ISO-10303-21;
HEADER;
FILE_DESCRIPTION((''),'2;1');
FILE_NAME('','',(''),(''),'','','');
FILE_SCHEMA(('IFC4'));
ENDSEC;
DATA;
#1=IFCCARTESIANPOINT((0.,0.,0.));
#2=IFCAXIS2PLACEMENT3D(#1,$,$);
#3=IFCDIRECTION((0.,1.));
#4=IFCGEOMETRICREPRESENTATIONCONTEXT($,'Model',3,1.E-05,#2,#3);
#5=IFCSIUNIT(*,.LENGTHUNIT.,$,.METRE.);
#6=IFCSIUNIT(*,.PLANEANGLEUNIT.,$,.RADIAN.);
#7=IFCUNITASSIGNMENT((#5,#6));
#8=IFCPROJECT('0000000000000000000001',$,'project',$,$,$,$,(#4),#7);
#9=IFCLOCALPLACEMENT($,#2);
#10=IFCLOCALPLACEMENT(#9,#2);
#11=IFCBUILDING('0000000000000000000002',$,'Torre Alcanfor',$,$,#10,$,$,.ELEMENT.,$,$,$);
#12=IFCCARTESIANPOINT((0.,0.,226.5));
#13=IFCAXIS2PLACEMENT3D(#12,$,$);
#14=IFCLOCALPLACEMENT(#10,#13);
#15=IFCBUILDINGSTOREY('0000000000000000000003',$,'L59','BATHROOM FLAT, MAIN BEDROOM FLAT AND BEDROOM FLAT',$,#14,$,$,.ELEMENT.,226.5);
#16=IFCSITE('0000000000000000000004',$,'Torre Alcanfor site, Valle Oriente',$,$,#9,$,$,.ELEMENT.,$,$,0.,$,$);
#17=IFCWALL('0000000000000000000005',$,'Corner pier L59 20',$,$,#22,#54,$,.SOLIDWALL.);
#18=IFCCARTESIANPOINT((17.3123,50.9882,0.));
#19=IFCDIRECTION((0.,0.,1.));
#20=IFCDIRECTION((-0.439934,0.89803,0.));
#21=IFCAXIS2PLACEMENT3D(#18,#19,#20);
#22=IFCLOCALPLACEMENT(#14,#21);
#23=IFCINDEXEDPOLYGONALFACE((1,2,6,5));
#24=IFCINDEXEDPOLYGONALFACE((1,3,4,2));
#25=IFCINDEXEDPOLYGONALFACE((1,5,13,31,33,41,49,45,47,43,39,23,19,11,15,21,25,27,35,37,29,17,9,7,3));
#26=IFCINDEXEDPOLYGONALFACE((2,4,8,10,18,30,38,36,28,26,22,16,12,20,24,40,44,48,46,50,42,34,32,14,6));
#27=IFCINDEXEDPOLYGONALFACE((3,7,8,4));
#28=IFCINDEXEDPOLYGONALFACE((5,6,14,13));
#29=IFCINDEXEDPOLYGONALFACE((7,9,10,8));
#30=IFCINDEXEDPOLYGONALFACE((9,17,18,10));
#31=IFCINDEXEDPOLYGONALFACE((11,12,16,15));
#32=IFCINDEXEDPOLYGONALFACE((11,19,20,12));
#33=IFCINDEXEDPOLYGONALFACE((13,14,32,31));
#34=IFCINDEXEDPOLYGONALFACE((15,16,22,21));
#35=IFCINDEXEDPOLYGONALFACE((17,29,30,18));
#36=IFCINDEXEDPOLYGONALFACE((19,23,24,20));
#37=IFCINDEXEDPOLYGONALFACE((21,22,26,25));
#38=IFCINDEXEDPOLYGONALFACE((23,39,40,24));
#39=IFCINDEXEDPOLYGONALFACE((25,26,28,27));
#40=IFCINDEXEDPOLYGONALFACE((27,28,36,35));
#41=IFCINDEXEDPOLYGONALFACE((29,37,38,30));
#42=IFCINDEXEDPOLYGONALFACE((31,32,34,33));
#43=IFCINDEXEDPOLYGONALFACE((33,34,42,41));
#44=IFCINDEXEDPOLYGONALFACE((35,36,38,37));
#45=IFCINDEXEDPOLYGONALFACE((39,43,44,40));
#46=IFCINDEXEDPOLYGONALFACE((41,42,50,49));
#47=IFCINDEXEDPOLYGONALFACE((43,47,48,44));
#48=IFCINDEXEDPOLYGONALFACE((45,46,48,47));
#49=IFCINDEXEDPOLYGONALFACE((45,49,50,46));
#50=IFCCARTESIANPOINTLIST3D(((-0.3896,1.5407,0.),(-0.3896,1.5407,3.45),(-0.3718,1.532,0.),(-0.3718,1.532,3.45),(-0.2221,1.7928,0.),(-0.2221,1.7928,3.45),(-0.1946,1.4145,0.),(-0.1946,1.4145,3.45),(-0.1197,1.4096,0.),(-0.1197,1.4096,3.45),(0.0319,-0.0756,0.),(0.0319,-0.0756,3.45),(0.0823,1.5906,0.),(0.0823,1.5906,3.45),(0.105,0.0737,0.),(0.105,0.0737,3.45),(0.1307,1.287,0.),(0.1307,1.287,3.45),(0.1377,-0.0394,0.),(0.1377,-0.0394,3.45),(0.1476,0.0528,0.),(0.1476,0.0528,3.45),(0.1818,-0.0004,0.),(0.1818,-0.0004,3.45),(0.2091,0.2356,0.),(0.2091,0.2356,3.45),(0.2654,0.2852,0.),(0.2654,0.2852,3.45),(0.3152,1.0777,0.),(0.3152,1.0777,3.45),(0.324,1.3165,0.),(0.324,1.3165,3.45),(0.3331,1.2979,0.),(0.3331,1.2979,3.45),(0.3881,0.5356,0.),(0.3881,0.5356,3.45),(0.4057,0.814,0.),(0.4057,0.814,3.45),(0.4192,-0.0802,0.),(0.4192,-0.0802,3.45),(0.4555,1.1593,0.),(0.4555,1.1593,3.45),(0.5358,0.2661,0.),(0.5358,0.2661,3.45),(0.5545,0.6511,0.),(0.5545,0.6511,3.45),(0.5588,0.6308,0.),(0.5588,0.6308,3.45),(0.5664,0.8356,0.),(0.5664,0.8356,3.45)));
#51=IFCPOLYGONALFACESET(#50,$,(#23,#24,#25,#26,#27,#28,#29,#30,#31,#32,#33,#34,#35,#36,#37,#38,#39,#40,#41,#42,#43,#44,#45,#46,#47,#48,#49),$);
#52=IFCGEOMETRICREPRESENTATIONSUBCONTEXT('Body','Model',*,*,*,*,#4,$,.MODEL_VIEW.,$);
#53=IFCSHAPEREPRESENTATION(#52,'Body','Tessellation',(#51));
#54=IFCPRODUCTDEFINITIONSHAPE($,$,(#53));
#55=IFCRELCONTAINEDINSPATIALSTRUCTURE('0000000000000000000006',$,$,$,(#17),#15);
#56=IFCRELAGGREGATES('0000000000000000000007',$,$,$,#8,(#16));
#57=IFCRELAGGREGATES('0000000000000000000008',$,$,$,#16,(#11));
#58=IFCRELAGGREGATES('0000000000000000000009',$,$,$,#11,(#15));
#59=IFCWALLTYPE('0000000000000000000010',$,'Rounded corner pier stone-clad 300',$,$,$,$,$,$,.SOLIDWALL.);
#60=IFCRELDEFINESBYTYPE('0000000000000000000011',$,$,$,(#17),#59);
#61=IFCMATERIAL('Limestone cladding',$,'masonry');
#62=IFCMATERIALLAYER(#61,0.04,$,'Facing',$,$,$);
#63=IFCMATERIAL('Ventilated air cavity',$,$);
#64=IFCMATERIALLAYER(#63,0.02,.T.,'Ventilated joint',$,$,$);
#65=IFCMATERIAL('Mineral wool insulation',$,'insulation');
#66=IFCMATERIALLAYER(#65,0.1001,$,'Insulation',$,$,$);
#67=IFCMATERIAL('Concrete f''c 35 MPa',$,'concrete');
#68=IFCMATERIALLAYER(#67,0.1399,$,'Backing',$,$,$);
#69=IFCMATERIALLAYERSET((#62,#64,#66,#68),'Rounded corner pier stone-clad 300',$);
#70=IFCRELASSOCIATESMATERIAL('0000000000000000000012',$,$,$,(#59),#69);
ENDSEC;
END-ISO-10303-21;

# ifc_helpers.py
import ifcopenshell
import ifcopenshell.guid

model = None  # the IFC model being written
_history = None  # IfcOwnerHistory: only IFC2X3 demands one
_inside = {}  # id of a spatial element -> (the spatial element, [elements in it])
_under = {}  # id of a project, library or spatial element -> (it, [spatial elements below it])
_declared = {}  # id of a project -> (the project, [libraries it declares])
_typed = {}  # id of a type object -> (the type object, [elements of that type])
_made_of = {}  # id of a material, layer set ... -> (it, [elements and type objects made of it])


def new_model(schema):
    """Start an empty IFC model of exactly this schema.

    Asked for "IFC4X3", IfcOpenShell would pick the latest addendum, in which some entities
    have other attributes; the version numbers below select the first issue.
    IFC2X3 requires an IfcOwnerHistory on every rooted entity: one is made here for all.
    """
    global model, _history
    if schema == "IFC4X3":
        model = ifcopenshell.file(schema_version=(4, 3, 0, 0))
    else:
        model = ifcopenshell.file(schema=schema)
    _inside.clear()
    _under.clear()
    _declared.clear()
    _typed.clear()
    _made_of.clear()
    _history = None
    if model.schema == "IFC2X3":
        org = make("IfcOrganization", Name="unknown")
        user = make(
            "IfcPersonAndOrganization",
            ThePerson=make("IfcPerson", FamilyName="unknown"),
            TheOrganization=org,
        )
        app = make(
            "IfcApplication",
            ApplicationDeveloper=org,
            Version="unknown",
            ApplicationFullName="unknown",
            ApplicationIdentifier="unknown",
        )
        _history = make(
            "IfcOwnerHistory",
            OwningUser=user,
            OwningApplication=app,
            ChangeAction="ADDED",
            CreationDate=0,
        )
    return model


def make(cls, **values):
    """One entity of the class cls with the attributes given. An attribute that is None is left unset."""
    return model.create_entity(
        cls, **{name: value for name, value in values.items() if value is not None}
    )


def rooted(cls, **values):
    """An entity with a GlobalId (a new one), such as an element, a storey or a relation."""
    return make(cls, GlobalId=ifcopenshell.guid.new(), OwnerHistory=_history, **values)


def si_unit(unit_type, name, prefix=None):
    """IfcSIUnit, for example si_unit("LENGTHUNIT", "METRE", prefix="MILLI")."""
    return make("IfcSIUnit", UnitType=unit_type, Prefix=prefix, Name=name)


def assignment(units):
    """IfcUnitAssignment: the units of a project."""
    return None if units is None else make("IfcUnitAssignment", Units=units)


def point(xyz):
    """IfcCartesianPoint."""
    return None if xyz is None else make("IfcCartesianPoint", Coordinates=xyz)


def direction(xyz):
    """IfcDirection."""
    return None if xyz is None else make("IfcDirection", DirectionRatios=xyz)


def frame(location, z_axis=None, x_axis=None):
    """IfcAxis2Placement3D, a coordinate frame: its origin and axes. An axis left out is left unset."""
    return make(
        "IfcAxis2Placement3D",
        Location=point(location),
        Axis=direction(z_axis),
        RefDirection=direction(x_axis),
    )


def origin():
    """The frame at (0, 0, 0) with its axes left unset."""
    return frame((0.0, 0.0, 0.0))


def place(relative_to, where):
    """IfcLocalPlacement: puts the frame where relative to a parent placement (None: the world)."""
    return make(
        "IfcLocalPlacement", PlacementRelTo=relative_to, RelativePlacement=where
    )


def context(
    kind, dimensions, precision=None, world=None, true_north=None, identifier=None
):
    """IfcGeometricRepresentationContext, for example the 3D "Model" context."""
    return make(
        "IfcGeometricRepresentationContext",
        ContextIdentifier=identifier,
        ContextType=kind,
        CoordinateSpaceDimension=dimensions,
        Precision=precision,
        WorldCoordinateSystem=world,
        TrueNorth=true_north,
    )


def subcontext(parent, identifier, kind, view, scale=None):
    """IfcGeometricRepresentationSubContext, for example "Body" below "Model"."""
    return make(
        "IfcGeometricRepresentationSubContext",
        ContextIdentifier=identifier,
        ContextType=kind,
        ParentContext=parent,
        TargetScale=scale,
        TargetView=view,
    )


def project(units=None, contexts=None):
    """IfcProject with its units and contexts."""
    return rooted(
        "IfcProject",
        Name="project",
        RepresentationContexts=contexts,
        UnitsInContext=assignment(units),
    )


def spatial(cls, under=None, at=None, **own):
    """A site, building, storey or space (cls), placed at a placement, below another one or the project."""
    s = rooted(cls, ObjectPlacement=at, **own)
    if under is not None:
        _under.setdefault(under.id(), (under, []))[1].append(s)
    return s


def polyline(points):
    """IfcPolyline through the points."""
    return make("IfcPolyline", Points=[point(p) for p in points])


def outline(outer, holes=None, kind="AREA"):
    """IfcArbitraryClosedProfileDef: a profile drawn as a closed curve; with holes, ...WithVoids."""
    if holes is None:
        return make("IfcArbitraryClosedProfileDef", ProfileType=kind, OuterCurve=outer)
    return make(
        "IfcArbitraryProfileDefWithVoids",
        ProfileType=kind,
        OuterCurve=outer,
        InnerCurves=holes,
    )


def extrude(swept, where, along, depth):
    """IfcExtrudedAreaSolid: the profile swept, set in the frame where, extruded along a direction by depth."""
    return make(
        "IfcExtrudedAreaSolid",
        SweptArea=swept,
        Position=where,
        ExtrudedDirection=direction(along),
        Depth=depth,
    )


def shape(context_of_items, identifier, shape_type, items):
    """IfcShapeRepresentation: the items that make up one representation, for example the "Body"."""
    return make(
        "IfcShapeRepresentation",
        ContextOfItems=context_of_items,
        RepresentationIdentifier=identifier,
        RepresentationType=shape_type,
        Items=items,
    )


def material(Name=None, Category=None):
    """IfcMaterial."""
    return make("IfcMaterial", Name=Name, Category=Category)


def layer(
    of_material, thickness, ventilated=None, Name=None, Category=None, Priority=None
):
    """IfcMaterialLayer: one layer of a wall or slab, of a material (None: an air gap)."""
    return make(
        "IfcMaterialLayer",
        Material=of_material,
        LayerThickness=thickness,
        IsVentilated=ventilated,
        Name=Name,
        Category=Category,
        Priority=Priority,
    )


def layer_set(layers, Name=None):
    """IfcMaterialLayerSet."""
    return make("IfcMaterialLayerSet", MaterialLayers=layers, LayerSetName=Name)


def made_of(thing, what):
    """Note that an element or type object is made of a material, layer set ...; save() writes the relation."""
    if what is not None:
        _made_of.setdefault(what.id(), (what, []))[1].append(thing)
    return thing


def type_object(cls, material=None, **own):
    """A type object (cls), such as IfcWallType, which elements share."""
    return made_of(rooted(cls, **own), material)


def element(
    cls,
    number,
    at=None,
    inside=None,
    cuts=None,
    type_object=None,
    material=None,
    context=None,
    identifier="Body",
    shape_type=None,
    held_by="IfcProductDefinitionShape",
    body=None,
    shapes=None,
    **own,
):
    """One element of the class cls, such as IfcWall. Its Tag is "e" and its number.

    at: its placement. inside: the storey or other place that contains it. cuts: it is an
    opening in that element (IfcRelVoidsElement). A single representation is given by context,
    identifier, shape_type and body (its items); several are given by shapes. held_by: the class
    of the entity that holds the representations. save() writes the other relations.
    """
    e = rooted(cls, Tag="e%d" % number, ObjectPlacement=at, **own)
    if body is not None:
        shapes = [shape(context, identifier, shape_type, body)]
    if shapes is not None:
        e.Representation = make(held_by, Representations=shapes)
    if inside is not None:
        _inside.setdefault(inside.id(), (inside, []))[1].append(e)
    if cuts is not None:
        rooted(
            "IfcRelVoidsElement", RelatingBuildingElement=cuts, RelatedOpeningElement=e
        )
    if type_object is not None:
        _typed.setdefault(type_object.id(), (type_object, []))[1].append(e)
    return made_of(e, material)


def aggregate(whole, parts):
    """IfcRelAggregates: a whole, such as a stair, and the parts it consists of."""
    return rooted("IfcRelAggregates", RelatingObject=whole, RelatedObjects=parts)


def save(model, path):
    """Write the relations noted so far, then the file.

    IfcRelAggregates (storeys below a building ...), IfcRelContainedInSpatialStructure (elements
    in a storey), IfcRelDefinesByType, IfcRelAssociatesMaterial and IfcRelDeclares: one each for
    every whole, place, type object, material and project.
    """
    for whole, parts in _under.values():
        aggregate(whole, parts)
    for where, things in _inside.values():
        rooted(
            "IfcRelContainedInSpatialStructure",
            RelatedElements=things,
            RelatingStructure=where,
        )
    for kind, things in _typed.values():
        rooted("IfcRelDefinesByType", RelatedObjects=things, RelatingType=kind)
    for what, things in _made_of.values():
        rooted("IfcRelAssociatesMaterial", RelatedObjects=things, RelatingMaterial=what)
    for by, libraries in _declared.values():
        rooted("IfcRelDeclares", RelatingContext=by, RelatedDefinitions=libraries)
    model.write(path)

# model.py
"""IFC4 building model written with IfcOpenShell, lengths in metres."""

from ifc_helpers import new_model, si_unit, direction, frame, origin, place, context, subcontext, project, spatial, polyline, outline, extrude, material, layer, layer_set, type_object, element, save


model = new_model("IFC4")

# Units and contexts
model_context = context("Model", 3, precision=1e-05, world=origin(), true_north=direction((0.0, 1.0)))
body_context = subcontext(model_context, "Body", "Model", "MODEL_VIEW")
ifc_project = project(units=[si_unit("LENGTHUNIT", "METRE"), si_unit("PLANEANGLEUNIT", "RADIAN")], contexts=[model_context])

# Site, building, storey
site_placement = place(None, origin())
site = spatial("IfcSite", under=ifc_project, at=site_placement, Name="Torre Alcanfor site, Valle Oriente", CompositionType="ELEMENT", RefElevation=0.0)
building_placement = place(site_placement, origin())
building = spatial("IfcBuilding", under=site, at=building_placement, Name="Torre Alcanfor", CompositionType="ELEMENT")
storey_placement = place(building_placement, frame((0.0, 0.0, 226.5)))
storey = spatial("IfcBuildingStorey", under=building, at=storey_placement, Name="L59", Description="BATHROOM FLAT, MAIN BEDROOM FLAT AND BEDROOM FLAT", CompositionType="ELEMENT", Elevation=226.5)

# Shared definitions
ifc_material_1 = material(Name="Limestone cladding", Category="masonry")
ifc_material_2 = material(Name="Ventilated air cavity")
ifc_material_3 = material(Name="Mineral wool insulation", Category="insulation")
ifc_material_4 = material(Name="Concrete f'c 35 MPa", Category="concrete")

# Wall
ifc_layer_1 = layer(ifc_material_1, 0.04, Name="Facing")
ifc_layer_2 = layer(ifc_material_2, 0.02, ventilated=True, Name="Ventilated joint")
ifc_layer_3 = layer(ifc_material_3, 0.1001, Name="Insulation")
ifc_layer_4 = layer(ifc_material_4, 0.1399, Name="Backing")
ifc_layer_set_1 = layer_set([ifc_layer_1, ifc_layer_2, ifc_layer_3, ifc_layer_4], Name="Rounded corner pier stone-clad 300")
wall_type_1 = type_object("IfcWallType", Name="Rounded corner pier stone-clad 300", PredefinedType="SOLIDWALL", material=ifc_layer_set_1)
wall_1_placement = place(storey_placement, frame((17.3123, 50.9882, 0.0), z_axis=(0.0, 0.0, 1.0), x_axis=(-0.439934, 0.89803, 0.0)))
element("IfcWall", 1, at=wall_1_placement, inside=storey, type_object=wall_type_1, Name="Corner pier L59 20", PredefinedType="SOLIDWALL", context=body_context, shape_type="SweptSolid", body=[
    extrude(outline(polyline([(0.1377, -0.0394), (0.1818, -0.0004), (0.4192, -0.0802), (0.5358, 0.2661), (0.5588, 0.6308), (0.5545, 0.6511), (0.5664, 0.8356), (0.4555, 1.1593), (0.3331, 1.2979), (0.324, 1.3165), (0.0823, 1.5906), (-0.2221, 1.7928), (-0.3896, 1.5407), (-0.3718, 1.532), (-0.1946, 1.4145), (-0.1197, 1.4096), (0.1307, 1.287), (0.3152, 1.0777), (0.4057, 0.814), (0.3881, 0.5356), (0.2654, 0.2852), (0.2091, 0.2356), (0.1476, 0.0528), (0.105, 0.0737), (0.0319, -0.0756), (0.1377, -0.0394)])), origin(), (0.0, 0.0, 1.0), 3.45),
])

save(model, "model.ifc")
